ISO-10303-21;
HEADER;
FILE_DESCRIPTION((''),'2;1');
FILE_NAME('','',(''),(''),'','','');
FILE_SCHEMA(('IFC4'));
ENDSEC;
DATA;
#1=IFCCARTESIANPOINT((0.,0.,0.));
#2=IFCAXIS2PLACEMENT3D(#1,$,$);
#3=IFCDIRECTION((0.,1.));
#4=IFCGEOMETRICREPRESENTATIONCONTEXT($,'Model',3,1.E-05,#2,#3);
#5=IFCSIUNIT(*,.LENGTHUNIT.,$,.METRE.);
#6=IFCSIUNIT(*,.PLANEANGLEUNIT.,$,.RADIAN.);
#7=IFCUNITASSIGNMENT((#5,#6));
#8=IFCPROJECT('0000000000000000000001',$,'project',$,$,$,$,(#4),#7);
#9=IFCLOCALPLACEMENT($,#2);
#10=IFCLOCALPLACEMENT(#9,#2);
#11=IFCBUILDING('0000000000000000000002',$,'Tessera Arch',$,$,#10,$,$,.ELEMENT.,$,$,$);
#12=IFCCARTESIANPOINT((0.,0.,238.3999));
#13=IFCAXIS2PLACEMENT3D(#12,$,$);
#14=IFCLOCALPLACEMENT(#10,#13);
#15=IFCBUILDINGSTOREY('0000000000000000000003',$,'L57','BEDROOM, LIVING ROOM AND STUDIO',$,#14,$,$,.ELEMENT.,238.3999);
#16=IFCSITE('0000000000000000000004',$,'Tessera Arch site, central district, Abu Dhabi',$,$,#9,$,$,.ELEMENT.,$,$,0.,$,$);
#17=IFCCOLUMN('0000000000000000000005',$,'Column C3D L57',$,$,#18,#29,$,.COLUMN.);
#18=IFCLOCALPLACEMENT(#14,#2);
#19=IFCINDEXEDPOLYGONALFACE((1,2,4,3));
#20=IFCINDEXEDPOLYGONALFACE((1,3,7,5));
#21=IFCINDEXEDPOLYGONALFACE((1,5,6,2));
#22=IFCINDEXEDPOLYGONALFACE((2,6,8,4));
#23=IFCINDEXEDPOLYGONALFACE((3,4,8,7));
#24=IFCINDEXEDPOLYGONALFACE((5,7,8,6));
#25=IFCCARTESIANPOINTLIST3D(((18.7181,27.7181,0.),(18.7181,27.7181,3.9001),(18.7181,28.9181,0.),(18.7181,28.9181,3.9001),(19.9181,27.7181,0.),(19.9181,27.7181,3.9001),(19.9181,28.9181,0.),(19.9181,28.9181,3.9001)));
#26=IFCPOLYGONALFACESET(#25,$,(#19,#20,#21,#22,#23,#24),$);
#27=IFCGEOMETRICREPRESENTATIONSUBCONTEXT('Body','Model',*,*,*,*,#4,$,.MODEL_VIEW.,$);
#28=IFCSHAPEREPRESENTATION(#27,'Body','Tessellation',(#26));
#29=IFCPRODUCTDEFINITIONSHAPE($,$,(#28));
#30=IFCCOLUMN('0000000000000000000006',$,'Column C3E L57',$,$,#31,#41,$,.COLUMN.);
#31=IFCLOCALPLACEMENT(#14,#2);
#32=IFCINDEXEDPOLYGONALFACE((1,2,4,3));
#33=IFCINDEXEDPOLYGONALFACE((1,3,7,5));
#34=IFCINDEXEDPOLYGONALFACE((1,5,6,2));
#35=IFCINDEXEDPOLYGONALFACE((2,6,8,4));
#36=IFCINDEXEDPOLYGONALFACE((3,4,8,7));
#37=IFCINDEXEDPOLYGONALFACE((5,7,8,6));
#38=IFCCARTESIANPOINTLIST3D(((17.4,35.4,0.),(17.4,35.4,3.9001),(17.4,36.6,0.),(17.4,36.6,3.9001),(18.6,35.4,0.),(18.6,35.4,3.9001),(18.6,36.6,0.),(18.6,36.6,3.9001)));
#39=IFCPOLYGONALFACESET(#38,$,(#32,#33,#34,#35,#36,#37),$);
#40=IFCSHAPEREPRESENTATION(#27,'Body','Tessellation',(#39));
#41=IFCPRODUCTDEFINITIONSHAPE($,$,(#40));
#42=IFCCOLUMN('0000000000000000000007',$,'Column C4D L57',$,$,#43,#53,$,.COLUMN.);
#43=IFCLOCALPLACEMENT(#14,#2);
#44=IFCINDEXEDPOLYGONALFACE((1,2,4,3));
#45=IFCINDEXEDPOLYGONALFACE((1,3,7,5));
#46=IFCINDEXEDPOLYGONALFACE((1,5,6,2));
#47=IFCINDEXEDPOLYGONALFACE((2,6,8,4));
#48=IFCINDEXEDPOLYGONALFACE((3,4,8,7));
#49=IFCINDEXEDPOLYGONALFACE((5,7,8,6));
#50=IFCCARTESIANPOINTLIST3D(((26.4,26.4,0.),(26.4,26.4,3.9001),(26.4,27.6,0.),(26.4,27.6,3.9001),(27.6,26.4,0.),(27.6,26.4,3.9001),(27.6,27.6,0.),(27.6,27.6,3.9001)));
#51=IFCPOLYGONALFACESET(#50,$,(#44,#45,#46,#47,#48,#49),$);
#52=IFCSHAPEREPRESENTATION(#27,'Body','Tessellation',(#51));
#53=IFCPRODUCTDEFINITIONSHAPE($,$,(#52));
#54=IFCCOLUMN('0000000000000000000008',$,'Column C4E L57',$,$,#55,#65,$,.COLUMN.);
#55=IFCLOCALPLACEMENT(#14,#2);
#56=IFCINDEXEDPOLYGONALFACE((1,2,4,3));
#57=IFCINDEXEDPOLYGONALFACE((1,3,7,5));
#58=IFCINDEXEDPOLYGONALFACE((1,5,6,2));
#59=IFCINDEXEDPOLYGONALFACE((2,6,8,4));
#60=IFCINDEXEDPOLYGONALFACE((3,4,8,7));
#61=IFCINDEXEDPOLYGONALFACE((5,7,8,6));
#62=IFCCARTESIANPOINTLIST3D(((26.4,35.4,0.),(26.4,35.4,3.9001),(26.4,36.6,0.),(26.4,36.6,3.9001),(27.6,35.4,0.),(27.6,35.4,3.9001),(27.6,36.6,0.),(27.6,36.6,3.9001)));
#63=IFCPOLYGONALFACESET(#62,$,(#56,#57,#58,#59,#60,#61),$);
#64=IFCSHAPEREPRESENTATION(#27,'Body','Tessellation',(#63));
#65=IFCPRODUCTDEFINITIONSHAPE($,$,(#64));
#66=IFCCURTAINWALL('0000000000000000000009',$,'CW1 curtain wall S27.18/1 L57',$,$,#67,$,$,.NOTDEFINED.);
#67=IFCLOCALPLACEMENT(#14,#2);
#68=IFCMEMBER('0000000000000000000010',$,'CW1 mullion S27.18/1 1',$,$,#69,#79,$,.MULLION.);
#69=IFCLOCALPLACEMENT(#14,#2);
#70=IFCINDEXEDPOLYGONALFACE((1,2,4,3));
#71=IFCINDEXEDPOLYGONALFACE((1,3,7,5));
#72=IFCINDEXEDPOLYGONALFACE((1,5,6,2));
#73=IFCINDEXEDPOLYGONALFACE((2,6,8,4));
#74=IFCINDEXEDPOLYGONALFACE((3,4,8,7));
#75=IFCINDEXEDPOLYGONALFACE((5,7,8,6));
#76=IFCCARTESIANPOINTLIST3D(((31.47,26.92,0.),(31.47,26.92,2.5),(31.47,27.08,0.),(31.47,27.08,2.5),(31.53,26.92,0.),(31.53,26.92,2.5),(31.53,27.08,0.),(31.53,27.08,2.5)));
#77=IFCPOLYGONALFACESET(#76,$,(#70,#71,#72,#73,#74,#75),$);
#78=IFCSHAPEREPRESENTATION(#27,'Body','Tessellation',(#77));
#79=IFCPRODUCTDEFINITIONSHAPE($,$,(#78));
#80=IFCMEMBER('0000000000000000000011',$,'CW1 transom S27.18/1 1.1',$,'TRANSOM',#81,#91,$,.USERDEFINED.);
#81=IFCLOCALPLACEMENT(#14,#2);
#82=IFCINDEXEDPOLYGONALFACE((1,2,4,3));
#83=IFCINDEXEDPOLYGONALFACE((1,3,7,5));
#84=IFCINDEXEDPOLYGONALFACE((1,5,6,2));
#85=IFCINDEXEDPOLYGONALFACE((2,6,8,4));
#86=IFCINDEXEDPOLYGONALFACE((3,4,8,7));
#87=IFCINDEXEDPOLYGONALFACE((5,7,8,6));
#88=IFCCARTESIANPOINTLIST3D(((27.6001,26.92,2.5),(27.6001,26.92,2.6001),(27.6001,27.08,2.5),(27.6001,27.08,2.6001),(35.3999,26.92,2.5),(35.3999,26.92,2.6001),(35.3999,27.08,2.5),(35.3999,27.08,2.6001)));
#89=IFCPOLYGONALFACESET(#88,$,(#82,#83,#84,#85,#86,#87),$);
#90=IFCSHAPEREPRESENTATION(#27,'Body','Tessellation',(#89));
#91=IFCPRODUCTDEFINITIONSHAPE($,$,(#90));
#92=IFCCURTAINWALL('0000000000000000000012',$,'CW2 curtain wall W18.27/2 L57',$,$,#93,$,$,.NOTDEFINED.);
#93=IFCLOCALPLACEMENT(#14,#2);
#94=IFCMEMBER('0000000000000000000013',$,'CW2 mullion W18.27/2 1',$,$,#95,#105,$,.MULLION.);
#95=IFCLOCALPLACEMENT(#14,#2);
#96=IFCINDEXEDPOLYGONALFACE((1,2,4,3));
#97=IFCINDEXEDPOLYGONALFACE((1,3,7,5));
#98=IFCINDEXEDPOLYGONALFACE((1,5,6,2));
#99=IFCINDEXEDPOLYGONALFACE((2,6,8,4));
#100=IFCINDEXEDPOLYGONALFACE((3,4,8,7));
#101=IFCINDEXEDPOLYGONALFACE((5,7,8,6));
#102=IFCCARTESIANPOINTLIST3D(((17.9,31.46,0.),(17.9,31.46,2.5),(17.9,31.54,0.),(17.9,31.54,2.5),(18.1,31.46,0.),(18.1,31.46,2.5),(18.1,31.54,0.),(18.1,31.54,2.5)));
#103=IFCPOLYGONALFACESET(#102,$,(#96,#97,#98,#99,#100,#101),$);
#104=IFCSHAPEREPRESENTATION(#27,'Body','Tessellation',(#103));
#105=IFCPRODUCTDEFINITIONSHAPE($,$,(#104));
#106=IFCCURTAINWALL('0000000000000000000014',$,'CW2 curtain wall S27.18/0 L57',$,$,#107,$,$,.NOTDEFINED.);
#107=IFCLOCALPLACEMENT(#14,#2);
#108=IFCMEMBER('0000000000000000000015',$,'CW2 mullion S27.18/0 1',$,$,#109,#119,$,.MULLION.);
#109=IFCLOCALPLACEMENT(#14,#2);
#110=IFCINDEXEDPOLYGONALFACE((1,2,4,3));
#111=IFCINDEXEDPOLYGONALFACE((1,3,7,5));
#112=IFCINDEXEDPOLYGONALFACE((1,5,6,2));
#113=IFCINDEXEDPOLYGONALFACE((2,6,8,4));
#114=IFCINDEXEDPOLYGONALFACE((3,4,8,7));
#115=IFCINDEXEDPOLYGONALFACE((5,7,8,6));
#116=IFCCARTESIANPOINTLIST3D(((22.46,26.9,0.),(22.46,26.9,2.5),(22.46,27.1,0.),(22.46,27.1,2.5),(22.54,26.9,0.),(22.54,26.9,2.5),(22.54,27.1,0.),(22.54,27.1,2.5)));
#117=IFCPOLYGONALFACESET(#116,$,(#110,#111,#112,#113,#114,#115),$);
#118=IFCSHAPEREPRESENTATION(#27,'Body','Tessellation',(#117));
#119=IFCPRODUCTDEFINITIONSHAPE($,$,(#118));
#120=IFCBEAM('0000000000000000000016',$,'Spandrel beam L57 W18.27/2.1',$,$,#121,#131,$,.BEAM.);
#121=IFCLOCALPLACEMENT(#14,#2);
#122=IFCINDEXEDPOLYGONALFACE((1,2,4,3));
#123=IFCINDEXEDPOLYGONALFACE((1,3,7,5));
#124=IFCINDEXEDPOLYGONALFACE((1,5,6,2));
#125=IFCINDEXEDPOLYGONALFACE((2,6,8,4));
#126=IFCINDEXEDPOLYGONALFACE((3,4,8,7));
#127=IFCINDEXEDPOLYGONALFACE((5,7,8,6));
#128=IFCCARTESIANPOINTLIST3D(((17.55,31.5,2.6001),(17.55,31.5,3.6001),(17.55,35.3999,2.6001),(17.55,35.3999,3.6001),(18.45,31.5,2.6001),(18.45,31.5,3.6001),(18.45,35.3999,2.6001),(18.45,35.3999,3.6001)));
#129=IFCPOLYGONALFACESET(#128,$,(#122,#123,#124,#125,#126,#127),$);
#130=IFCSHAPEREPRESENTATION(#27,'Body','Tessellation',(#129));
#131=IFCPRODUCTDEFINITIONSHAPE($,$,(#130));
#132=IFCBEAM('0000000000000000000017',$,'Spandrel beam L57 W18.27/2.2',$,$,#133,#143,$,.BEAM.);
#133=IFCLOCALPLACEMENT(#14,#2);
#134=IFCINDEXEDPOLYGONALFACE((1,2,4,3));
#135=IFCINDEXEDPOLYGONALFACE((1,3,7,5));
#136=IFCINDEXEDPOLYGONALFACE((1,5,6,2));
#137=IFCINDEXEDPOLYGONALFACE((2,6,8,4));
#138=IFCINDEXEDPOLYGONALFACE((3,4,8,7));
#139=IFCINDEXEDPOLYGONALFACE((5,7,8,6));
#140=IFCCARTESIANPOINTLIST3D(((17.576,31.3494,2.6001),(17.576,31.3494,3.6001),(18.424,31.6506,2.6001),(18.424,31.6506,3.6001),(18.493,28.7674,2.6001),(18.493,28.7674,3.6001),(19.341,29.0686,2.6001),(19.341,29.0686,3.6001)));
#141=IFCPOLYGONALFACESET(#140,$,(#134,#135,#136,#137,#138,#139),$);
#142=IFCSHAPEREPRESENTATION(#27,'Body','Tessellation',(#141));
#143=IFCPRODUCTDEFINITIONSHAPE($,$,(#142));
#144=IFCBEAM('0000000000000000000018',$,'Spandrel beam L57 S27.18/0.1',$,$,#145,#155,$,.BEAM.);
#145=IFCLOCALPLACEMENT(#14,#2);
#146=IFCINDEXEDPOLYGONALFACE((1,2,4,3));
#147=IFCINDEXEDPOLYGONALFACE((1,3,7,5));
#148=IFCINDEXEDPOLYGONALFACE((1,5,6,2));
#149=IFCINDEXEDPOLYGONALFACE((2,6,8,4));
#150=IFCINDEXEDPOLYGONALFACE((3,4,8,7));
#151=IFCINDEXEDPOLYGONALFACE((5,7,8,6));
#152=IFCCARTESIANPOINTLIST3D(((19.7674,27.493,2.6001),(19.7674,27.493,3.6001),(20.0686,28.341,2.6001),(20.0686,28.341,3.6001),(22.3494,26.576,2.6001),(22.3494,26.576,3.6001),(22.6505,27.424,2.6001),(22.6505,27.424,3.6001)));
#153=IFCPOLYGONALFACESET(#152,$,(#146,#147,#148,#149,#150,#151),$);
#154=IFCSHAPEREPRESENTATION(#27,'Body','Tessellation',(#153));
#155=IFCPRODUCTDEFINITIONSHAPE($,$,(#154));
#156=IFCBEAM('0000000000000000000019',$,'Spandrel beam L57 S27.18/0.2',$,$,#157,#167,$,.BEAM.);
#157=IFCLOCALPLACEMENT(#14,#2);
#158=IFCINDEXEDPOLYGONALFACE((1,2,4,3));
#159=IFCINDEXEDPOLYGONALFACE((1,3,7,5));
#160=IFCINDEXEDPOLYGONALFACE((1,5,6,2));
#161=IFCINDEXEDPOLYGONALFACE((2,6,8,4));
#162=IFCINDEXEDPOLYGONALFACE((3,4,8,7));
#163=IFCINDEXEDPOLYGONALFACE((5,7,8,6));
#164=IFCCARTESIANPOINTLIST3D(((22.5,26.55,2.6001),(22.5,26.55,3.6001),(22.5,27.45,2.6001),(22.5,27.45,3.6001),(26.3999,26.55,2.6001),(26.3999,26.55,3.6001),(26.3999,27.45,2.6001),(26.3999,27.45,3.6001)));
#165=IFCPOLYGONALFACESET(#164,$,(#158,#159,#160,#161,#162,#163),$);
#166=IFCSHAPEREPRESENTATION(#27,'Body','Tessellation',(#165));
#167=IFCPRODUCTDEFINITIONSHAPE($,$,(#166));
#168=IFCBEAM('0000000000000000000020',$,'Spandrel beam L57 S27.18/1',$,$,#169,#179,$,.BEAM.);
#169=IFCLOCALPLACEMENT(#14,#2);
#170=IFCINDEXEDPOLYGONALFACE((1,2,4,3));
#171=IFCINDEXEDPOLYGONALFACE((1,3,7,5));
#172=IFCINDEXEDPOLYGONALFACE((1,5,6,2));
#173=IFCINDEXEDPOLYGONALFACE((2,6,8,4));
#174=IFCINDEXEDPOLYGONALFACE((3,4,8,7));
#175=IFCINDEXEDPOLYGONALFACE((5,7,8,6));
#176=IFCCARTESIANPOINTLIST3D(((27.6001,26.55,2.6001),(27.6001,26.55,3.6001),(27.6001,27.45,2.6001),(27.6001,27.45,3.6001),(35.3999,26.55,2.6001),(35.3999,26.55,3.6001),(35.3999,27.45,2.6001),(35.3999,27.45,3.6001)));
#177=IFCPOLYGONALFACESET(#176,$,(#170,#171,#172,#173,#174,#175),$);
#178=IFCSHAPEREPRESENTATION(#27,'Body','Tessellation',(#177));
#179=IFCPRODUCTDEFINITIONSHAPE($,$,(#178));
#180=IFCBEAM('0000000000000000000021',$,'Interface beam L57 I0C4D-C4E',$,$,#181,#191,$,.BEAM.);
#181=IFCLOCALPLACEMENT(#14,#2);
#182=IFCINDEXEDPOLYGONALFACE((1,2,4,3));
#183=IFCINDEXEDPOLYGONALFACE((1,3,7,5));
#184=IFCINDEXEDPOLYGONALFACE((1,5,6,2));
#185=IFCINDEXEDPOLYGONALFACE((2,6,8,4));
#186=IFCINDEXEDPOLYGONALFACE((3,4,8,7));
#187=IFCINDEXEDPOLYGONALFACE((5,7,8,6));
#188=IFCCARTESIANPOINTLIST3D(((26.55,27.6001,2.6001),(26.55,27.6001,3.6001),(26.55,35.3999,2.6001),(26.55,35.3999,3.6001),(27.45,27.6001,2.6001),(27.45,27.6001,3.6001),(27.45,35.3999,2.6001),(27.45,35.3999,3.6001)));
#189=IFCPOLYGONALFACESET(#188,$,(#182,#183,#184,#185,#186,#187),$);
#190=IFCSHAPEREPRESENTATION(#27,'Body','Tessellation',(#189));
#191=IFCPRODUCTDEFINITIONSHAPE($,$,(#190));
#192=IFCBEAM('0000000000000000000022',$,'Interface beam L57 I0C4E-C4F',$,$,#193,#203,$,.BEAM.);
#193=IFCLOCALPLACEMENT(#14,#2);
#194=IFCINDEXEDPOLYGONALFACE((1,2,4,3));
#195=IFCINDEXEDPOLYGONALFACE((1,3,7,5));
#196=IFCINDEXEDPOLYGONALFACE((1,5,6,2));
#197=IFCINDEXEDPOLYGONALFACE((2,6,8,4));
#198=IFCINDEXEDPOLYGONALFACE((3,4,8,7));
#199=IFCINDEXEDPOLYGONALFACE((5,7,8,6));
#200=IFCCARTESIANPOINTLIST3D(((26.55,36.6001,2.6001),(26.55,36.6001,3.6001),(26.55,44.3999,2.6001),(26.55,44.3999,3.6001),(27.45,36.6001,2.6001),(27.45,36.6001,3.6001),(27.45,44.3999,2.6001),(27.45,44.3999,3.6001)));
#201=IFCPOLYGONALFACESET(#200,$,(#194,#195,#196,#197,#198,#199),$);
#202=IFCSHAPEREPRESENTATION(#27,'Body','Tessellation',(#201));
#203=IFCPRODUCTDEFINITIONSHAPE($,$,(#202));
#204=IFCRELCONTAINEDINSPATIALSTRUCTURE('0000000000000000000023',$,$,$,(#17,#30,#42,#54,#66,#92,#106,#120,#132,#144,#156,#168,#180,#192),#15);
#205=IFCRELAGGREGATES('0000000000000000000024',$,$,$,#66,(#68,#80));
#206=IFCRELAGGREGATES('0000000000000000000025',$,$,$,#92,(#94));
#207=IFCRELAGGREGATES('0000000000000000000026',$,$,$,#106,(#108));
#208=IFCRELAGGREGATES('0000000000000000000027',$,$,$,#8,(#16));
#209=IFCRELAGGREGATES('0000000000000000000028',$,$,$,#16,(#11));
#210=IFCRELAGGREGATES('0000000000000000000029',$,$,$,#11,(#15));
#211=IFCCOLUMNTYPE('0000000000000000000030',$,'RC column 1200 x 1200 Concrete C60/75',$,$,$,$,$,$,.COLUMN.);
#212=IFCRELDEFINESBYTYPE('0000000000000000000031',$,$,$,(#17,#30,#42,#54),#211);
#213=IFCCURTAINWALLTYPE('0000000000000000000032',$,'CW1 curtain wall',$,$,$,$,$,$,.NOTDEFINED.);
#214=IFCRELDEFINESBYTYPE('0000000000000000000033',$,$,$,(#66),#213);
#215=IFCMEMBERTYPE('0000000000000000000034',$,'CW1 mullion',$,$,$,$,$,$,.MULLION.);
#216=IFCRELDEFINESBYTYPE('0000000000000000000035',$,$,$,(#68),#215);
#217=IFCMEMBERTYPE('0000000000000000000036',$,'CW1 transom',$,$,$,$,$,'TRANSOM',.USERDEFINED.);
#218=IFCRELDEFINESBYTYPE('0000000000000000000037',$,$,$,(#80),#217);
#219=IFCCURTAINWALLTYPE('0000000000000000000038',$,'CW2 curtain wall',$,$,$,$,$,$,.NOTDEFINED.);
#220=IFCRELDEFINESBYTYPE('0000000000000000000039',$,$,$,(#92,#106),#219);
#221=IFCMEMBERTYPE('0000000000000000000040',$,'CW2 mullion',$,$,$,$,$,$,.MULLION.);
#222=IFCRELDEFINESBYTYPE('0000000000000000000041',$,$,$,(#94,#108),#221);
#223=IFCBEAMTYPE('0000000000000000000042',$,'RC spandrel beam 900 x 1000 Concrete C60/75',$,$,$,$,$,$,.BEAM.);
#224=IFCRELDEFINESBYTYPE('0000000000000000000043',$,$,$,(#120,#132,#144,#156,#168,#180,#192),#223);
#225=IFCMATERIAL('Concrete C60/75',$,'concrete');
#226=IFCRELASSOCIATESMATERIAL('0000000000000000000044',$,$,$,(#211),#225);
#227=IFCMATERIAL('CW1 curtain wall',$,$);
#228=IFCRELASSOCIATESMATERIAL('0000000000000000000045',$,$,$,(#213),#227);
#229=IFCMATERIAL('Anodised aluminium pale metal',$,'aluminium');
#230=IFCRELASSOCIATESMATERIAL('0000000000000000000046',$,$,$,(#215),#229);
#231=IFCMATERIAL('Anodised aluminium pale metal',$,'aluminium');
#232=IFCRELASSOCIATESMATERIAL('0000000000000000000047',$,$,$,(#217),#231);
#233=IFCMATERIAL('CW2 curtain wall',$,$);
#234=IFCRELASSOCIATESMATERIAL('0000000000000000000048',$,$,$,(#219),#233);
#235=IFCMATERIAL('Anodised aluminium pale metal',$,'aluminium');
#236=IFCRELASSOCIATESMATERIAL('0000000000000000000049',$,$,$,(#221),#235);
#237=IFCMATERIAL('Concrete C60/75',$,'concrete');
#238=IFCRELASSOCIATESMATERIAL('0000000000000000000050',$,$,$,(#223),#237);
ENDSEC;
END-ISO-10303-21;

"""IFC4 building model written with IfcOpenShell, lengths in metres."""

from ifc_helpers import new_model, si_unit, direction, frame, origin, origin_2d, place, context, subcontext, project, spatial, rectangle, extrude, material, material_profile, profile_set, type_object, element, aggregate, save


model = new_model("IFC4")

# Units and contexts
model_context = context("Model", 3, precision=1e-05, world=origin(), true_north=direction((0.0, 1.0)))
body_context = subcontext(model_context, "Body", "Model", "MODEL_VIEW")
ifc_project = project(units=[si_unit("LENGTHUNIT", "METRE"), si_unit("PLANEANGLEUNIT", "RADIAN")], contexts=[model_context])

# Site, building, storey
site_placement = place(None, origin())
site = spatial("IfcSite", under=ifc_project, at=site_placement, Name="Tessera Arch site, central district, Abu Dhabi", CompositionType="ELEMENT", RefElevation=0.0)
building_placement = place(site_placement, origin())
building = spatial("IfcBuilding", under=site, at=building_placement, Name="Tessera Arch", CompositionType="ELEMENT")
storey_placement = place(building_placement, frame((0.0, 0.0, 238.3999)))
storey = spatial("IfcBuildingStorey", under=building, at=storey_placement, Name="L57", Description="BEDROOM, LIVING ROOM AND STUDIO", CompositionType="ELEMENT", Elevation=238.3999)

# Columns
ifc_material_1 = material(Name="Concrete C60/75", Category="concrete")
ifc_material_profile_1 = material_profile(ifc_material_1, rectangle(XDim=1.2, YDim=1.2, at=origin_2d()), Name="RC column 1200 x 1200 Concrete C60/75")
ifc_profile_set_1 = profile_set([ifc_material_profile_1], Name="Concrete C60/75")
column_type = type_object("IfcColumnType", Name="RC column 1200 x 1200 Concrete C60/75", PredefinedType="COLUMN", material=ifc_profile_set_1)
for number, where, z_axis, x_axis, name in (
    (1, (19.3181, 28.3181, 0.0), (0.0, 0.0, 1.0), (1.0, 0.0, 0.0), "Column C3D L57"),
    (2, (18.0, 36.0, 0.0), (0.0, 0.0, 1.0), (1.0, 0.0, 0.0), "Column C3E L57"),
    (3, (27.0, 27.0, 0.0), (0.0, 0.0, 1.0), (1.0, 0.0, 0.0), "Column C4D L57"),
    (4, (27.0, 36.0, 0.0), (0.0, 0.0, 1.0), (1.0, 0.0, 0.0), "Column C4E L57"),
):
    element("IfcColumn", number, at=place(storey_placement, frame(where, z_axis=z_axis, x_axis=x_axis)), inside=storey, type_object=column_type, Name=name, PredefinedType="COLUMN", context=body_context, shape_type="SweptSolid", body=[
        extrude(rectangle(XDim=1.2, YDim=1.2, at=origin_2d()), origin(), (0.0, 0.0, 1.0), 3.9001),
    ])

# Curtain wall, members
ifc_material_2 = material(Name="CW1 curtain wall")
curtain_wall_type_1 = type_object("IfcCurtainWallType", Name="CW1 curtain wall", PredefinedType="NOTDEFINED", material=ifc_material_2)
curtain_wall_1_placement = place(storey_placement, origin())
curtain_wall_1 = element("IfcCurtainWall", 5, at=curtain_wall_1_placement, inside=storey, type_object=curtain_wall_type_1, Name="CW1 curtain wall S27.18/1 L57", PredefinedType="NOTDEFINED")
ifc_material_3 = material(Name="Anodised aluminium pale metal", Category="aluminium")
ifc_material_profile_2 = material_profile(ifc_material_3, rectangle(XDim=0.1599, YDim=0.0601, at=origin_2d()), Name="AL 60x160")
ifc_profile_set_2 = profile_set([ifc_material_profile_2], Name="Anodised aluminium pale metal")
member_type_1 = type_object("IfcMemberType", Name="CW1 mullion", PredefinedType="MULLION", material=ifc_profile_set_2)
member_1_placement = place(storey_placement, frame((31.5, 27.0, 0.0), z_axis=(0.0, 0.0, 1.0), x_axis=(0.0, 1.0, 0.0)))
member_1 = element("IfcMember", 6, at=member_1_placement, type_object=member_type_1, Name="CW1 mullion S27.18/1 1", PredefinedType="MULLION", context=body_context, shape_type="SweptSolid", body=[
    extrude(rectangle(XDim=0.1599, YDim=0.0601, at=origin_2d()), origin(), (0.0, 0.0, 1.0), 2.5),
])
ifc_material_4 = material(Name="Anodised aluminium pale metal", Category="aluminium")
ifc_material_profile_3 = material_profile(ifc_material_4, rectangle(XDim=0.1599, YDim=0.1001, at=origin_2d()), Name="AL 160x100")
ifc_profile_set_3 = profile_set([ifc_material_profile_3], Name="Anodised aluminium pale metal")
member_type_2 = type_object("IfcMemberType", Name="CW1 transom", ElementType="TRANSOM", PredefinedType="USERDEFINED", material=ifc_profile_set_3)
member_2_placement = place(storey_placement, frame((27.6001, 27.0, 2.55), z_axis=(1.0, 0.0, 0.0), x_axis=(0.0, 1.0, 0.0)))
member_2 = element("IfcMember", 7, at=member_2_placement, type_object=member_type_2, Name="CW1 transom S27.18/1 1.1", ObjectType="TRANSOM", PredefinedType="USERDEFINED", context=body_context, shape_type="SweptSolid", body=[
    extrude(rectangle(XDim=0.1599, YDim=0.1001, at=origin_2d()), origin(), (0.0, 0.0, 1.0), 7.7998),
])

# Curtain walls, members
ifc_material_5 = material(Name="CW2 curtain wall")
curtain_wall_type_2 = type_object("IfcCurtainWallType", Name="CW2 curtain wall", PredefinedType="NOTDEFINED", material=ifc_material_5)
curtain_wall_2_placement = place(storey_placement, origin())
curtain_wall_2 = element("IfcCurtainWall", 8, at=curtain_wall_2_placement, inside=storey, type_object=curtain_wall_type_2, Name="CW2 curtain wall W18.27/2 L57", PredefinedType="NOTDEFINED")
ifc_material_6 = material(Name="Anodised aluminium pale metal", Category="aluminium")
ifc_material_profile_4 = material_profile(ifc_material_6, rectangle(XDim=0.2, YDim=0.0801, at=origin_2d()), Name="AL 80x200")
ifc_profile_set_4 = profile_set([ifc_material_profile_4], Name="Anodised aluminium pale metal")
member_type_3 = type_object("IfcMemberType", Name="CW2 mullion", PredefinedType="MULLION", material=ifc_profile_set_4)
member_3_placement = place(storey_placement, frame((18.0, 31.5, 0.0), z_axis=(0.0, 0.0, 1.0), x_axis=(1.0, 0.0, 0.0)))
member_3 = element("IfcMember", 9, at=member_3_placement, type_object=member_type_3, Name="CW2 mullion W18.27/2 1", PredefinedType="MULLION", context=body_context, shape_type="SweptSolid", body=[
    extrude(rectangle(XDim=0.2, YDim=0.0801, at=origin_2d()), origin(), (0.0, 0.0, 1.0), 2.5),
])
curtain_wall_3_placement = place(storey_placement, origin())
curtain_wall_3 = element("IfcCurtainWall", 10, at=curtain_wall_3_placement, inside=storey, type_object=curtain_wall_type_2, Name="CW2 curtain wall S27.18/0 L57", PredefinedType="NOTDEFINED")
member_4_placement = place(storey_placement, frame((22.5, 27.0, 0.0), z_axis=(0.0, 0.0, 1.0), x_axis=(0.0, 1.0, 0.0)))
member_4 = element("IfcMember", 11, at=member_4_placement, type_object=member_type_3, Name="CW2 mullion S27.18/0 1", PredefinedType="MULLION", context=body_context, shape_type="SweptSolid", body=[
    extrude(rectangle(XDim=0.2, YDim=0.0801, at=origin_2d()), origin(), (0.0, 0.0, 1.0), 2.5),
])

# Beams
ifc_material_7 = material(Name="Concrete C60/75", Category="concrete")
ifc_material_profile_5 = material_profile(ifc_material_7, rectangle(XDim=0.8999, YDim=1.0, at=origin_2d()), Name="RC spandrel beam 900 x 1000 Concrete C60/75")
ifc_profile_set_5 = profile_set([ifc_material_profile_5], Name="Concrete C60/75")
beam_type = type_object("IfcBeamType", Name="RC spandrel beam 900 x 1000 Concrete C60/75", PredefinedType="BEAM", material=ifc_profile_set_5)
beam_1_placement = place(storey_placement, frame((18.0, 35.3999, 3.1001), z_axis=(0.0, -1.0, 0.0), x_axis=(1.0, 0.0, 0.0)))
element("IfcBeam", 12, at=beam_1_placement, inside=storey, type_object=beam_type, Name="Spandrel beam L57 W18.27/2.1", PredefinedType="BEAM", context=body_context, shape_type="SweptSolid", body=[
    extrude(rectangle(XDim=0.8999, YDim=1.0, at=origin_2d()), origin(), (0.0, 0.0, 1.0), 3.8999),
])
for number, where, z_axis, x_axis, name in (
    (13, (18.0, 31.5, 3.1001), (0.334665, -0.942337, 0.0), (0.942337, 0.334665, 0.0), "Spandrel beam L57 W18.27/2.2"),
    (14, (19.918, 27.917, 3.1001), (0.942337, -0.334665, 0.0), (0.334665, 0.942337, 0.0), "Spandrel beam L57 S27.18/0.1"),
):
    element("IfcBeam", number, at=place(storey_placement, frame(where, z_axis=z_axis, x_axis=x_axis)), inside=storey, type_object=beam_type, Name=name, PredefinedType="BEAM", context=body_context, shape_type="SweptSolid", body=[
        extrude(rectangle(XDim=0.8999, YDim=1.0, at=origin_2d()), origin(), (0.0, 0.0, 1.0), 2.74),
    ])
beam_2_placement = place(storey_placement, frame((22.5, 27.0, 3.1001), z_axis=(1.0, 0.0, 0.0), x_axis=(0.0, 1.0, 0.0)))
element("IfcBeam", 15, at=beam_2_placement, inside=storey, type_object=beam_type, Name="Spandrel beam L57 S27.18/0.2", PredefinedType="BEAM", context=body_context, shape_type="SweptSolid", body=[
    extrude(rectangle(XDim=0.8999, YDim=1.0, at=origin_2d()), origin(), (0.0, 0.0, 1.0), 3.8999),
])
for number, where, z_axis, x_axis, name in (
    (16, (27.6001, 27.0, 3.1001), (1.0, 0.0, 0.0), (0.0, 1.0, 0.0), "Spandrel beam L57 S27.18/1"),
    (17, (27.0, 27.6001, 3.1001), (0.0, 1.0, 0.0), (-1.0, 0.0, 0.0), "Interface beam L57 I0C4D-C4E"),
    (18, (27.0, 36.6001, 3.1001), (0.0, 1.0, 0.0), (-1.0, 0.0, 0.0), "Interface beam L57 I0C4E-C4F"),
):
    element("IfcBeam", number, at=place(storey_placement, frame(where, z_axis=z_axis, x_axis=x_axis)), inside=storey, type_object=beam_type, Name=name, PredefinedType="BEAM", context=body_context, shape_type="SweptSolid", body=[
        extrude(rectangle(XDim=0.8999, YDim=1.0, at=origin_2d()), origin(), (0.0, 0.0, 1.0), 7.7998),
    ])

aggregate(curtain_wall_1, [member_1, member_2])
aggregate(curtain_wall_2, [member_3])
aggregate(curtain_wall_3, [member_4])

save(model, "model.ifc")
